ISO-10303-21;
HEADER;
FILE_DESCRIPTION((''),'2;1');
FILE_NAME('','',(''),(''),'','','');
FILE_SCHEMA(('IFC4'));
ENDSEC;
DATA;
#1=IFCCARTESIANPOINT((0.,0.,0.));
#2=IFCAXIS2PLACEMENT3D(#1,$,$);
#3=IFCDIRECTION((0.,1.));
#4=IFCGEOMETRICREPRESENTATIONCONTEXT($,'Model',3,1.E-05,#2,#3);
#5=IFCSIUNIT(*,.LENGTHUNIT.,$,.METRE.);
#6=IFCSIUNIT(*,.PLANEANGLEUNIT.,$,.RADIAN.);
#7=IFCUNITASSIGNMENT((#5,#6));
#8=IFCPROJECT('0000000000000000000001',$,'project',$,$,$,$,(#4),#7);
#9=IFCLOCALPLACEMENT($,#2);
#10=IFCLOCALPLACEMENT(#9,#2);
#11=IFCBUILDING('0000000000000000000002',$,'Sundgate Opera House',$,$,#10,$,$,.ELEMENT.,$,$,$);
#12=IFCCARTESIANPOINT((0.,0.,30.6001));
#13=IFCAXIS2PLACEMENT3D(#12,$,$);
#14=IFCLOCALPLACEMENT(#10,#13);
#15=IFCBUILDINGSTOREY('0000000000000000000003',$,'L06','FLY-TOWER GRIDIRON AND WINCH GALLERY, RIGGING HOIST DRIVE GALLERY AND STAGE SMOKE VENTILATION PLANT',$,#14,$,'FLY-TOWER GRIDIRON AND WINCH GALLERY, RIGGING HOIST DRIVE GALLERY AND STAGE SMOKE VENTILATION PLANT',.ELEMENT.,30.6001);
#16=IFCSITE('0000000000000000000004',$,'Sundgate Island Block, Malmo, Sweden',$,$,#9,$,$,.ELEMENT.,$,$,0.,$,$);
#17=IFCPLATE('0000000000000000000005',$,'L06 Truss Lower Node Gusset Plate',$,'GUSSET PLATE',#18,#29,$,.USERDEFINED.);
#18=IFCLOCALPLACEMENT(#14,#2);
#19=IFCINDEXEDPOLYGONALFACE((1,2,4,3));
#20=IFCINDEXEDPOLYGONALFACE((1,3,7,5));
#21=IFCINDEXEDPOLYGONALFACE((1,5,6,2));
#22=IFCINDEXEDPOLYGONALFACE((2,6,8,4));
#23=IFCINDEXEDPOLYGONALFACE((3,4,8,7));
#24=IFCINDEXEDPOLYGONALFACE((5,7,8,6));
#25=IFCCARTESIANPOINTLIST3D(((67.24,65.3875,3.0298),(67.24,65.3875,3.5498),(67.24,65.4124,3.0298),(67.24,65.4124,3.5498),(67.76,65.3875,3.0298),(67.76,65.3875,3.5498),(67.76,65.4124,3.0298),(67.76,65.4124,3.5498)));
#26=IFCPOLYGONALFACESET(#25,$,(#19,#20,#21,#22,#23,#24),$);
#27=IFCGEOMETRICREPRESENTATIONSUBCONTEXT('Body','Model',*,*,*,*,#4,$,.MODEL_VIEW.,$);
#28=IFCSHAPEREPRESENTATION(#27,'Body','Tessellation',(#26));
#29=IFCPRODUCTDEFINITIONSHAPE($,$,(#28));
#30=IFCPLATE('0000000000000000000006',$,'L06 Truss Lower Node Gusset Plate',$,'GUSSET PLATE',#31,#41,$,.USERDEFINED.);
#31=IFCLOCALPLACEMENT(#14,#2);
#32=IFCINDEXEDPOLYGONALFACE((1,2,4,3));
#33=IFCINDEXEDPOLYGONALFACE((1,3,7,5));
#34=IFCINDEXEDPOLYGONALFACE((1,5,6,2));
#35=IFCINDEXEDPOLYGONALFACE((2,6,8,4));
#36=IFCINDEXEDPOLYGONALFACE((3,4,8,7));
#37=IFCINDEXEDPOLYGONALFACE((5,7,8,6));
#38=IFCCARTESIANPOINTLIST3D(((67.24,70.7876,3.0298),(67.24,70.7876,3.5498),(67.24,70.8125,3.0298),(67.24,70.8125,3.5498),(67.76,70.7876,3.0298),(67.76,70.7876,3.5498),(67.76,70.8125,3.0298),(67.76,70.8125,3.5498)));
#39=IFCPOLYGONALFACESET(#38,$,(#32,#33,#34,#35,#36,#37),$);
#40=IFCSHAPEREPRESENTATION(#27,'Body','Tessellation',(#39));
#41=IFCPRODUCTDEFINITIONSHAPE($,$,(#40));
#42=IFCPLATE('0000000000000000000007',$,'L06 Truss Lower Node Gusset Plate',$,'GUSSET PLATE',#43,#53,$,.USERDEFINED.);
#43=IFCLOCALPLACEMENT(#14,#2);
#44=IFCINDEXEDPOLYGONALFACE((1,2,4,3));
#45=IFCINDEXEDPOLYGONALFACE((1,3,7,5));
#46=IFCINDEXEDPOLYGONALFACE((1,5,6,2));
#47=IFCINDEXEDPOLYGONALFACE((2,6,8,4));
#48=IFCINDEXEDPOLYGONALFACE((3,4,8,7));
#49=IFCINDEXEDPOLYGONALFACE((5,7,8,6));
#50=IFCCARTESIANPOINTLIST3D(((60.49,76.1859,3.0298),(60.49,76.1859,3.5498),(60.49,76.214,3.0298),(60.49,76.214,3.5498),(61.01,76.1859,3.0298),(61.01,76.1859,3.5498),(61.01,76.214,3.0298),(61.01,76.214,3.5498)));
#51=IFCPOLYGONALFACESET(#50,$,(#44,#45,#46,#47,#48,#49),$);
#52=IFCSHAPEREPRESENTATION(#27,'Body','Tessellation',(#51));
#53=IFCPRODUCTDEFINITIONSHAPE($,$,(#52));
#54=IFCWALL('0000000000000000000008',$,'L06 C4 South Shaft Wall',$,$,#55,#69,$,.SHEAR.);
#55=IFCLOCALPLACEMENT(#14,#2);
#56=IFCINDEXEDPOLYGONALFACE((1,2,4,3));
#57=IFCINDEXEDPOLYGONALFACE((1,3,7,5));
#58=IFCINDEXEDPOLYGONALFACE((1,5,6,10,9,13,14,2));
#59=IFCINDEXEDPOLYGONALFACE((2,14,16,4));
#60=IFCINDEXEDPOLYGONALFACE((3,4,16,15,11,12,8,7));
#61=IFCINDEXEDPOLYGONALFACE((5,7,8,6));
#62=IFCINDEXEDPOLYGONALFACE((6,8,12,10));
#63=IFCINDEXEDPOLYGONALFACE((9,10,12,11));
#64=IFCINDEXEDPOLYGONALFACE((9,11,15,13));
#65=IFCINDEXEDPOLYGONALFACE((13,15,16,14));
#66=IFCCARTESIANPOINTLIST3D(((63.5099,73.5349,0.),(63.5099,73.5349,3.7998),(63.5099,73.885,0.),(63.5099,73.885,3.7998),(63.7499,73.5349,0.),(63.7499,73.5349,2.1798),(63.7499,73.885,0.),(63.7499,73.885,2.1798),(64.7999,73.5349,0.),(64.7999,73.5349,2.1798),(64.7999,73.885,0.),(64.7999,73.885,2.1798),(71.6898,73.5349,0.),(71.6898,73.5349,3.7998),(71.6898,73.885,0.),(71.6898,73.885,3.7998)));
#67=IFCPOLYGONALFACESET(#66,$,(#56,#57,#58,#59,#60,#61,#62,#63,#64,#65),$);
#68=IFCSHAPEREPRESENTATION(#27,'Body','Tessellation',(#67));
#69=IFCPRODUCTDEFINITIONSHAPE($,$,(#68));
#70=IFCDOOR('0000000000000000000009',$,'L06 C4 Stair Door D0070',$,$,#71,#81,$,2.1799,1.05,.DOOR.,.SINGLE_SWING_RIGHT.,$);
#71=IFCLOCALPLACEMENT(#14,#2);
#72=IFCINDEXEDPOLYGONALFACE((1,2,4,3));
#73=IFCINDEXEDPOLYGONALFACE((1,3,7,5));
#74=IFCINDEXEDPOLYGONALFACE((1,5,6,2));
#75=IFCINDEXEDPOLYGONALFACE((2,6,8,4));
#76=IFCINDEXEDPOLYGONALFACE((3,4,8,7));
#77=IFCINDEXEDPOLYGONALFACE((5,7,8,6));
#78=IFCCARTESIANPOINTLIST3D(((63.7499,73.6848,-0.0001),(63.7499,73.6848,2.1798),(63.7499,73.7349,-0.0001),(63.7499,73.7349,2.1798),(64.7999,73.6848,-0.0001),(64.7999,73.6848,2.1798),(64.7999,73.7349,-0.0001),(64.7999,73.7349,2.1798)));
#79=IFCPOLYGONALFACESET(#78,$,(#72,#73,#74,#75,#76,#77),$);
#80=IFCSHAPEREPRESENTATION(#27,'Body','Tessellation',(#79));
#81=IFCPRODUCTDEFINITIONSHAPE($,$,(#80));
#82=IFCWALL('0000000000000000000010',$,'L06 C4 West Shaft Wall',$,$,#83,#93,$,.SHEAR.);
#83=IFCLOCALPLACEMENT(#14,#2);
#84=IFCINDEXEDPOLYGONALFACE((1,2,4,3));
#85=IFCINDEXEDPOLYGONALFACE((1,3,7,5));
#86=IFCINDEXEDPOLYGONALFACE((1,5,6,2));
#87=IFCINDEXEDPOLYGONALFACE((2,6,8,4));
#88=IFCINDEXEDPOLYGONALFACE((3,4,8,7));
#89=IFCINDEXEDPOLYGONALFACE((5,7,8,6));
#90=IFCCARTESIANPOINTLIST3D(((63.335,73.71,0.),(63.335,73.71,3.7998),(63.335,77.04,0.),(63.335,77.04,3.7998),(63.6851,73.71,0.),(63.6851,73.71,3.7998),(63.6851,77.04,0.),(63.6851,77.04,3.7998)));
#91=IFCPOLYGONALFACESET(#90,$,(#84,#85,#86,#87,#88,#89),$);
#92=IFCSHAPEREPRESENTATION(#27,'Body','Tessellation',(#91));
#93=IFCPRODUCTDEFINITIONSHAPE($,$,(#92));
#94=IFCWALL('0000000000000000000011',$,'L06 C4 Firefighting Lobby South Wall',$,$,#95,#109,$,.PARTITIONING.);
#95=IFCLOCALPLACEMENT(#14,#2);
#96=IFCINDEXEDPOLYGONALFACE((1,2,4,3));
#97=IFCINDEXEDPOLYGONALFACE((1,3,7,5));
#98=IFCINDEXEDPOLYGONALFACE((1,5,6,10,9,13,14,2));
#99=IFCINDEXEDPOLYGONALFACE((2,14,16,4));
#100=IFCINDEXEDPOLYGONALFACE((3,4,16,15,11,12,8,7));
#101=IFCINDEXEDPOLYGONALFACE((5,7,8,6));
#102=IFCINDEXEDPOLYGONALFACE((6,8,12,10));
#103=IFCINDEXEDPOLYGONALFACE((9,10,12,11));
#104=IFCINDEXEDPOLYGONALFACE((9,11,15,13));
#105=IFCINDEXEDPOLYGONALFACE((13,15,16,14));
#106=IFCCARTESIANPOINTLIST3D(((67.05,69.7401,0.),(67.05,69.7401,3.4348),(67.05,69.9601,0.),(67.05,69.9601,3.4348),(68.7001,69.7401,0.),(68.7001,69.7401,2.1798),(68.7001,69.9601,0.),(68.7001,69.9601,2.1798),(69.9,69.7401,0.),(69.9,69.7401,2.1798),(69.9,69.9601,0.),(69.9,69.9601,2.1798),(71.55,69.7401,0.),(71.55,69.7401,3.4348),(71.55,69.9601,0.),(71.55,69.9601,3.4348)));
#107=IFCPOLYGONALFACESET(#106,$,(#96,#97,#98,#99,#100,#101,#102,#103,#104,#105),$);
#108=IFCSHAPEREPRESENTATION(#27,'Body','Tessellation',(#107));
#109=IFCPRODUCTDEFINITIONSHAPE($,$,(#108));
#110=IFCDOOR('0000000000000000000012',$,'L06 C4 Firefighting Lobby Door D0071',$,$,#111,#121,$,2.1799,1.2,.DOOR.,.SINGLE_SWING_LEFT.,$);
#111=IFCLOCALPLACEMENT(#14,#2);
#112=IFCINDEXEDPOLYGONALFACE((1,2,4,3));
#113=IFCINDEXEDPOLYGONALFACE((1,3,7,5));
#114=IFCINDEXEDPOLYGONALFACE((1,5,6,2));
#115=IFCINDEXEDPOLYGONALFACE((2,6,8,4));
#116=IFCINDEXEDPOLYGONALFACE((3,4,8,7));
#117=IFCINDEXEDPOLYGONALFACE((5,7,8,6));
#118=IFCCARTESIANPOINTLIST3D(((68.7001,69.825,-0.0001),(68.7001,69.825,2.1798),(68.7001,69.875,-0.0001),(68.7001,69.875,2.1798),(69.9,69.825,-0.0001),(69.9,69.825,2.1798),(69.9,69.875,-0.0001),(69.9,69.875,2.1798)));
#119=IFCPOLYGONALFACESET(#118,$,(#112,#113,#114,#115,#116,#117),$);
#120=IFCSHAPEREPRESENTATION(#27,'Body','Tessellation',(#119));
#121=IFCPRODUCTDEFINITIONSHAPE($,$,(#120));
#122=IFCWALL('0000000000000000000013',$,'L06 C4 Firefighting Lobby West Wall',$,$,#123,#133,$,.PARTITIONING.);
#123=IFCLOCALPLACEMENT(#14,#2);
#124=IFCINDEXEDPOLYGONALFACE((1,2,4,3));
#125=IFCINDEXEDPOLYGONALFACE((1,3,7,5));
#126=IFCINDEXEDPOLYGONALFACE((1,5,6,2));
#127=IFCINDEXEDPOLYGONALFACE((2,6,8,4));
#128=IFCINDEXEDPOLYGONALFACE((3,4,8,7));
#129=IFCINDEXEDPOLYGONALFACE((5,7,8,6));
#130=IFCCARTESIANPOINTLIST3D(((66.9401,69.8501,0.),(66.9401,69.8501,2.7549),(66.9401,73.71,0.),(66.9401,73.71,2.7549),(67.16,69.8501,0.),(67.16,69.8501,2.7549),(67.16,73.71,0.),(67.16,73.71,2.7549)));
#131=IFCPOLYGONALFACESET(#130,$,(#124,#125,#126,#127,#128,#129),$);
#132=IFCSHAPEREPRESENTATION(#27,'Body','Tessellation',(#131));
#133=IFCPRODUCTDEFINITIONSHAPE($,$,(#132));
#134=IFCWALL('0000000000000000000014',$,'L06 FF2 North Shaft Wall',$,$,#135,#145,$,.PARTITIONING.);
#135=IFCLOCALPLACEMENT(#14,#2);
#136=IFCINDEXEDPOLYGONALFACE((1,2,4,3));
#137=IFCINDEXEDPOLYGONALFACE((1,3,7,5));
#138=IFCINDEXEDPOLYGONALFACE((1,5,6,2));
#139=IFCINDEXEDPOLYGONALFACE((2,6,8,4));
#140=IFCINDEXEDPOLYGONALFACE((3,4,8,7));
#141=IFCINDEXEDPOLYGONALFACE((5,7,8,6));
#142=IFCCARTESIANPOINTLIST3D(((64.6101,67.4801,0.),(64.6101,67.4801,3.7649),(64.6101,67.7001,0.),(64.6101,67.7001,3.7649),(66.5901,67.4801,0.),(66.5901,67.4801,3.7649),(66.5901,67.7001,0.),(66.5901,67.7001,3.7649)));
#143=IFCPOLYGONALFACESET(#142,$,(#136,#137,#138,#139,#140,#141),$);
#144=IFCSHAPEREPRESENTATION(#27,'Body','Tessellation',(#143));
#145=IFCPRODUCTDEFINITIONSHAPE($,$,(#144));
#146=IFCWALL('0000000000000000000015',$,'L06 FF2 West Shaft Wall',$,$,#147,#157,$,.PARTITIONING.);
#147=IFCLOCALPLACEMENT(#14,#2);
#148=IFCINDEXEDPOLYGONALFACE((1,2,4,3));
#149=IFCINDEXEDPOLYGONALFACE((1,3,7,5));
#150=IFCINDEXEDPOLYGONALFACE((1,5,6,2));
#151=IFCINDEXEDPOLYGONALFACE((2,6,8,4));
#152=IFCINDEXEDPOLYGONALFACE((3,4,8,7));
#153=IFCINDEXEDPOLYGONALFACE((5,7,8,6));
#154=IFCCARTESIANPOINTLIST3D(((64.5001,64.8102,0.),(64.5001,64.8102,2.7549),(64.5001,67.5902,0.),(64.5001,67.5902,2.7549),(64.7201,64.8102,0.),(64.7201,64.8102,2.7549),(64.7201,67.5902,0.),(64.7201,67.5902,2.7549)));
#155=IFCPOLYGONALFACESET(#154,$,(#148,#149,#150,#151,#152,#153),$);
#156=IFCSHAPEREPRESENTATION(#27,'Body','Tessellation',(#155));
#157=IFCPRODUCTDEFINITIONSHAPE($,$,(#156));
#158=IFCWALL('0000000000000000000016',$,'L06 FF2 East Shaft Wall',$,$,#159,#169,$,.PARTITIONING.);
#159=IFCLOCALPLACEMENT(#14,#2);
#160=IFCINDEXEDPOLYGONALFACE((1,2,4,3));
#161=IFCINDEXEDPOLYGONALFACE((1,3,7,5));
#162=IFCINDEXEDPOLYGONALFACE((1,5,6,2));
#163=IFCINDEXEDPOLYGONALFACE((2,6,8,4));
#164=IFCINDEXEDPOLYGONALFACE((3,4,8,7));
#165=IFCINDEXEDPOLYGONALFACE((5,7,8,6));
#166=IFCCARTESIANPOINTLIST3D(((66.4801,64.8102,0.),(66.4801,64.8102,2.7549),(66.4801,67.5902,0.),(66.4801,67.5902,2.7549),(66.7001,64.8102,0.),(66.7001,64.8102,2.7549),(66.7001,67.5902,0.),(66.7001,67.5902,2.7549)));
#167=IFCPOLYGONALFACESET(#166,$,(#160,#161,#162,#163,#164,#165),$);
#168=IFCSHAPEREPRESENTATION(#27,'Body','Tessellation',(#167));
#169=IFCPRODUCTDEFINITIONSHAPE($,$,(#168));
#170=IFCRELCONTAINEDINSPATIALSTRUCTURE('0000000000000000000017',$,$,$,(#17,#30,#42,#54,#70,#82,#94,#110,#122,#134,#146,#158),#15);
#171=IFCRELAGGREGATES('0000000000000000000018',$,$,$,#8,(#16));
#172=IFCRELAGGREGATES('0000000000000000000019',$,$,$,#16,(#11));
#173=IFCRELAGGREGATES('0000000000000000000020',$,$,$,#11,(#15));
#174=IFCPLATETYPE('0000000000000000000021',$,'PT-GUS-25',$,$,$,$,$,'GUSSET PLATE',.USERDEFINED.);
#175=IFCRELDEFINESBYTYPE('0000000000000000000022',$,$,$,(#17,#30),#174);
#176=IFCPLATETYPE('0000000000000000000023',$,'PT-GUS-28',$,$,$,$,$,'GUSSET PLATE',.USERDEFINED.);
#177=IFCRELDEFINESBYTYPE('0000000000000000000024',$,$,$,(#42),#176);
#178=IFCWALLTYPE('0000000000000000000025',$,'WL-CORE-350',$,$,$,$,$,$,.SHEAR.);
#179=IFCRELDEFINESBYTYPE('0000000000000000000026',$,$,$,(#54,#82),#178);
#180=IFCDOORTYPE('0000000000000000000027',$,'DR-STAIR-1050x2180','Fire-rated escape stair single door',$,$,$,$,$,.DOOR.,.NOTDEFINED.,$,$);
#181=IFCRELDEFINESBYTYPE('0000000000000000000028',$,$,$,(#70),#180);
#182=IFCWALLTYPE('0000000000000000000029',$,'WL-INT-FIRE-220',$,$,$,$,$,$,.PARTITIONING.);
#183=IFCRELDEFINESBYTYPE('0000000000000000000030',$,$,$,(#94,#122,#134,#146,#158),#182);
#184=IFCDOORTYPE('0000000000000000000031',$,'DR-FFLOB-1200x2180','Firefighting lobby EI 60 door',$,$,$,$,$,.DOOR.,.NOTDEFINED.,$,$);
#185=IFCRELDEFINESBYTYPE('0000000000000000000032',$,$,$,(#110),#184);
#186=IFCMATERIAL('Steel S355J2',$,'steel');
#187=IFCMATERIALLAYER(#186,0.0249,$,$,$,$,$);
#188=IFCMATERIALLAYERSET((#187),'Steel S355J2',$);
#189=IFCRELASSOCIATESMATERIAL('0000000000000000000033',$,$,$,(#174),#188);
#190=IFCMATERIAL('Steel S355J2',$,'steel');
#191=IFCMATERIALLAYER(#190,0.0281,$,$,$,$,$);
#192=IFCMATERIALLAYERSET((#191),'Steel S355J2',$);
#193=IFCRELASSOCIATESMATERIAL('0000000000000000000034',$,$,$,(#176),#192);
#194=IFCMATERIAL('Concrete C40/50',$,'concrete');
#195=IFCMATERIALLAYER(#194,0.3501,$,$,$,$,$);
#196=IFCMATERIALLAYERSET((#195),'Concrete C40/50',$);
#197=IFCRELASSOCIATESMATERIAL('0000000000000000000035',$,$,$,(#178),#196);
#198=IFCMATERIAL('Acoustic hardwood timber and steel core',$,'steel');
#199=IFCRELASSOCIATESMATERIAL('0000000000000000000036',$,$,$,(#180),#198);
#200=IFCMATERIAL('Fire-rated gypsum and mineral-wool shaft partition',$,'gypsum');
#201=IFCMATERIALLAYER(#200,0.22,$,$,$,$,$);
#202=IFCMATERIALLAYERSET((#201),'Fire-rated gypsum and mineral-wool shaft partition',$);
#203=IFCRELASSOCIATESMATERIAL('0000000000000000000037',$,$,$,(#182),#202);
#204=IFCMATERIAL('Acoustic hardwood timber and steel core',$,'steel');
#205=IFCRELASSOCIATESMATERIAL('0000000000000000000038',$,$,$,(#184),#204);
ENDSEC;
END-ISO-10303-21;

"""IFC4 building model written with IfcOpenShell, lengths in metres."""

from ifc_helpers import new_model, si_unit, direction, frame, frame_2d, origin, origin_2d, place, context, subcontext, project, spatial, rectangle, extrude, material, layer, layer_set, type_object, element, fill, save


model = new_model("IFC4")

# Units and contexts
model_context = context("Model", 3, precision=1e-05, world=origin(), true_north=direction((0.0, 1.0)))
body_context = subcontext(model_context, "Body", "Model", "MODEL_VIEW")
ifc_project = project(units=[si_unit("LENGTHUNIT", "METRE"), si_unit("PLANEANGLEUNIT", "RADIAN")], contexts=[model_context])

# Site, building, storey
site_placement = place(None, origin())
site = spatial("IfcSite", under=ifc_project, at=site_placement, Name="Sundgate Island Block, Malmo, Sweden", CompositionType="ELEMENT", RefElevation=0.0)
building_placement = place(site_placement, origin())
building = spatial("IfcBuilding", under=site, at=building_placement, Name="Sundgate Opera House", CompositionType="ELEMENT")
storey_placement = place(building_placement, frame((0.0, 0.0, 30.6001)))
storey = spatial("IfcBuildingStorey", under=building, at=storey_placement, Name="L06", Description="FLY-TOWER GRIDIRON AND WINCH GALLERY, RIGGING HOIST DRIVE GALLERY AND STAGE SMOKE VENTILATION PLANT", LongName="FLY-TOWER GRIDIRON AND WINCH GALLERY, RIGGING HOIST DRIVE GALLERY AND STAGE SMOKE VENTILATION PLANT", CompositionType="ELEMENT", Elevation=30.6001)

# Plates
ifc_material_1 = material(Name="Steel S355J2", Category="steel")
ifc_layer_1 = layer(ifc_material_1, 0.0249)
ifc_layer_set_1 = layer_set([ifc_layer_1], Name="Steel S355J2")
plate_type_1 = type_object("IfcPlateType", Name="PT-GUS-25", ElementType="GUSSET PLATE", PredefinedType="USERDEFINED", material=ifc_layer_set_1)
for number, where, z_axis, x_axis, name in (
    (1, (67.5, 65.3999, 3.0298), (0.0, 0.0, 1.0), (1.0, 0.0, 0.0), "L06 Truss Lower Node Gusset Plate"),
    (2, (67.5, 70.8, 3.0298), (0.0, 0.0, 1.0), (1.0, 0.0, 0.0), "L06 Truss Lower Node Gusset Plate"),
):
    element("IfcPlate", number, at=place(storey_placement, frame(where, z_axis=z_axis, x_axis=x_axis)), inside=storey, type_object=plate_type_1, Name=name, ObjectType="GUSSET PLATE", PredefinedType="USERDEFINED", context=body_context, shape_type="SweptSolid", body=[
        extrude(rectangle(XDim=0.52, YDim=0.0249, at=origin_2d()), origin(), (0.0, 0.0, 1.0), 0.52),
    ])
ifc_material_2 = material(Name="Steel S355J2", Category="steel")
ifc_layer_2 = layer(ifc_material_2, 0.0281)
ifc_layer_set_2 = layer_set([ifc_layer_2], Name="Steel S355J2")
plate_type_2 = type_object("IfcPlateType", Name="PT-GUS-28", ElementType="GUSSET PLATE", PredefinedType="USERDEFINED", material=ifc_layer_set_2)
plate_1_placement = place(storey_placement, frame((60.75, 76.2, 3.0298), z_axis=(0.0, 0.0, 1.0), x_axis=(1.0, 0.0, 0.0)))
element("IfcPlate", 3, at=plate_1_placement, inside=storey, type_object=plate_type_2, Name="L06 Truss Lower Node Gusset Plate", ObjectType="GUSSET PLATE", PredefinedType="USERDEFINED", context=body_context, shape_type="SweptSolid", body=[
    extrude(rectangle(XDim=0.52, YDim=0.0281, at=origin_2d()), origin(), (0.0, 0.0, 1.0), 0.52),
])

# Wall, opening, door
ifc_material_3 = material(Name="Concrete C40/50", Category="concrete")
ifc_layer_3 = layer(ifc_material_3, 0.3501)
ifc_layer_set_3 = layer_set([ifc_layer_3], Name="Concrete C40/50")
wall_type_1 = type_object("IfcWallType", Name="WL-CORE-350", PredefinedType="SHEAR", material=ifc_layer_set_3)
wall_1_placement = place(storey_placement, frame((63.51, 73.71, 0.0), z_axis=(0.0, 0.0, 1.0), x_axis=(1.0, 0.0, 0.0)))
wall_1 = element("IfcWall", 4, at=wall_1_placement, inside=storey, type_object=wall_type_1, Name="L06 C4 South Shaft Wall", PredefinedType="SHEAR", context=body_context, shape_type="SweptSolid", body=[
    extrude(rectangle(XDim=8.1799, YDim=0.3501, at=frame_2d((4.0898, 0.0))), origin(), (0.0, 0.0, 1.0), 3.7998),
])
opening_1_placement = place(wall_1_placement, frame((0.24, 0.0, 0.0)))
opening_1 = element("IfcOpeningElement", 5, at=opening_1_placement, cuts=wall_1, PredefinedType="OPENING", context=body_context, shape_type="SweptSolid", body=[
    extrude(rectangle(XDim=1.05, YDim=2.1799, at=frame_2d((0.5249, 1.0898))), frame((0.0, 0.1851, 0.0), z_axis=(0.0, -1.0, 0.0), x_axis=(1.0, 0.0, 0.0)), (0.0, 0.0, 1.0), 0.3701),
])
ifc_material_4 = material(Name="Acoustic hardwood timber and steel core", Category="steel")
door_type_1 = type_object("IfcDoorType", Name="DR-STAIR-1050x2180", Description="Fire-rated escape stair single door", OperationType="NOTDEFINED", PredefinedType="DOOR", material=ifc_material_4)
door_1_placement = place(opening_1_placement, origin())
door_1 = element("IfcDoor", 6, at=door_1_placement, inside=storey, type_object=door_type_1, Name="L06 C4 Stair Door D0070", OperationType="SINGLE_SWING_RIGHT", OverallHeight=2.1799, OverallWidth=1.05, PredefinedType="DOOR", context=body_context, shape_type="SweptSolid", body=[
    extrude(rectangle(XDim=1.05, YDim=2.1799, at=frame_2d((0.5249, 1.0898))), frame((0.0, 0.0249, 0.0), z_axis=(0.0, -1.0, 0.0), x_axis=(1.0, 0.0, 0.0)), (0.0, 0.0, 1.0), 0.05),
])
fill(opening_1, door_1)

# Wall
wall_2_placement = place(storey_placement, frame((63.51, 73.71, 0.0), z_axis=(0.0, 0.0, 1.0), x_axis=(0.0, 1.0, 0.0)))
element("IfcWall", 7, at=wall_2_placement, inside=storey, type_object=wall_type_1, Name="L06 C4 West Shaft Wall", PredefinedType="SHEAR", context=body_context, shape_type="SweptSolid", body=[
    extrude(rectangle(XDim=3.3301, YDim=0.3501, at=frame_2d((1.665, 0.0))), origin(), (0.0, 0.0, 1.0), 3.7998),
])

# Wall, opening, door
ifc_material_5 = material(Name="Fire-rated gypsum and mineral-wool shaft partition", Category="gypsum")
ifc_layer_4 = layer(ifc_material_5, 0.22)
ifc_layer_set_4 = layer_set([ifc_layer_4], Name="Fire-rated gypsum and mineral-wool shaft partition")
wall_type_2 = type_object("IfcWallType", Name="WL-INT-FIRE-220", PredefinedType="PARTITIONING", material=ifc_layer_set_4)
wall_3_placement = place(storey_placement, frame((67.05, 69.8501, 0.0), z_axis=(0.0, 0.0, 1.0), x_axis=(1.0, 0.0, 0.0)))
wall_3 = element("IfcWall", 8, at=wall_3_placement, inside=storey, type_object=wall_type_2, Name="L06 C4 Firefighting Lobby South Wall", PredefinedType="PARTITIONING", context=body_context, shape_type="SweptSolid", body=[
    extrude(rectangle(XDim=4.5, YDim=0.22, at=frame_2d((2.25, 0.0))), origin(), (0.0, 0.0, 1.0), 3.4348),
])
opening_2_placement = place(wall_3_placement, frame((1.6499, 0.0, 0.0)))
opening_2 = element("IfcOpeningElement", 9, at=opening_2_placement, cuts=wall_3, PredefinedType="OPENING", context=body_context, shape_type="SweptSolid", body=[
    extrude(rectangle(XDim=1.2, YDim=2.1799, at=frame_2d((0.6001, 1.0898))), frame((0.0, 0.1199, 0.0), z_axis=(0.0, -1.0, 0.0), x_axis=(1.0, 0.0, 0.0)), (0.0, 0.0, 1.0), 0.24),
])
ifc_material_6 = material(Name="Acoustic hardwood timber and steel core", Category="steel")
door_type_2 = type_object("IfcDoorType", Name="DR-FFLOB-1200x2180", Description="Firefighting lobby EI 60 door", OperationType="NOTDEFINED", PredefinedType="DOOR", material=ifc_material_6)
door_2_placement = place(opening_2_placement, origin())
door_2 = element("IfcDoor", 10, at=door_2_placement, inside=storey, type_object=door_type_2, Name="L06 C4 Firefighting Lobby Door D0071", OperationType="SINGLE_SWING_LEFT", OverallHeight=2.1799, OverallWidth=1.2, PredefinedType="DOOR", context=body_context, shape_type="SweptSolid", body=[
    extrude(rectangle(XDim=1.2, YDim=2.1799, at=frame_2d((0.6001, 1.0898))), frame((0.0, 0.0249, 0.0), z_axis=(0.0, -1.0, 0.0), x_axis=(1.0, 0.0, 0.0)), (0.0, 0.0, 1.0), 0.05),
])
fill(opening_2, door_2)

# Walls
wall_4_placement = place(storey_placement, frame((67.05, 69.8501, 0.0), z_axis=(0.0, 0.0, 1.0), x_axis=(0.0, 1.0, 0.0)))
element("IfcWall", 11, at=wall_4_placement, inside=storey, type_object=wall_type_2, Name="L06 C4 Firefighting Lobby West Wall", PredefinedType="PARTITIONING", context=body_context, shape_type="SweptSolid", body=[
    extrude(rectangle(XDim=3.8599, YDim=0.22, at=frame_2d((1.9299, 0.0))), origin(), (0.0, 0.0, 1.0), 2.7549),
])
wall_5_placement = place(storey_placement, frame((64.6101, 67.5901, 0.0), z_axis=(0.0, 0.0, 1.0), x_axis=(1.0, 0.0, 0.0)))
element("IfcWall", 12, at=wall_5_placement, inside=storey, type_object=wall_type_2, Name="L06 FF2 North Shaft Wall", PredefinedType="PARTITIONING", context=body_context, shape_type="SweptSolid", body=[
    extrude(rectangle(XDim=1.98, YDim=0.22, at=frame_2d((0.99, 0.0))), origin(), (0.0, 0.0, 1.0), 3.7649),
])
for number, where, z_axis, x_axis, name in (
    (13, (64.6101, 64.8101, 0.0), (0.0, 0.0, 1.0), (0.0, 1.0, 0.0), "L06 FF2 West Shaft Wall"),
    (14, (66.5901, 64.8101, 0.0), (0.0, 0.0, 1.0), (0.0, 1.0, 0.0), "L06 FF2 East Shaft Wall"),
):
    element("IfcWall", number, at=place(storey_placement, frame(where, z_axis=z_axis, x_axis=x_axis)), inside=storey, type_object=wall_type_2, Name=name, PredefinedType="PARTITIONING", context=body_context, shape_type="SweptSolid", body=[
        extrude(rectangle(XDim=2.78, YDim=0.22, at=frame_2d((1.3901, 0.0))), origin(), (0.0, 0.0, 1.0), 2.7549),
    ])

save(model, "model.ifc")
